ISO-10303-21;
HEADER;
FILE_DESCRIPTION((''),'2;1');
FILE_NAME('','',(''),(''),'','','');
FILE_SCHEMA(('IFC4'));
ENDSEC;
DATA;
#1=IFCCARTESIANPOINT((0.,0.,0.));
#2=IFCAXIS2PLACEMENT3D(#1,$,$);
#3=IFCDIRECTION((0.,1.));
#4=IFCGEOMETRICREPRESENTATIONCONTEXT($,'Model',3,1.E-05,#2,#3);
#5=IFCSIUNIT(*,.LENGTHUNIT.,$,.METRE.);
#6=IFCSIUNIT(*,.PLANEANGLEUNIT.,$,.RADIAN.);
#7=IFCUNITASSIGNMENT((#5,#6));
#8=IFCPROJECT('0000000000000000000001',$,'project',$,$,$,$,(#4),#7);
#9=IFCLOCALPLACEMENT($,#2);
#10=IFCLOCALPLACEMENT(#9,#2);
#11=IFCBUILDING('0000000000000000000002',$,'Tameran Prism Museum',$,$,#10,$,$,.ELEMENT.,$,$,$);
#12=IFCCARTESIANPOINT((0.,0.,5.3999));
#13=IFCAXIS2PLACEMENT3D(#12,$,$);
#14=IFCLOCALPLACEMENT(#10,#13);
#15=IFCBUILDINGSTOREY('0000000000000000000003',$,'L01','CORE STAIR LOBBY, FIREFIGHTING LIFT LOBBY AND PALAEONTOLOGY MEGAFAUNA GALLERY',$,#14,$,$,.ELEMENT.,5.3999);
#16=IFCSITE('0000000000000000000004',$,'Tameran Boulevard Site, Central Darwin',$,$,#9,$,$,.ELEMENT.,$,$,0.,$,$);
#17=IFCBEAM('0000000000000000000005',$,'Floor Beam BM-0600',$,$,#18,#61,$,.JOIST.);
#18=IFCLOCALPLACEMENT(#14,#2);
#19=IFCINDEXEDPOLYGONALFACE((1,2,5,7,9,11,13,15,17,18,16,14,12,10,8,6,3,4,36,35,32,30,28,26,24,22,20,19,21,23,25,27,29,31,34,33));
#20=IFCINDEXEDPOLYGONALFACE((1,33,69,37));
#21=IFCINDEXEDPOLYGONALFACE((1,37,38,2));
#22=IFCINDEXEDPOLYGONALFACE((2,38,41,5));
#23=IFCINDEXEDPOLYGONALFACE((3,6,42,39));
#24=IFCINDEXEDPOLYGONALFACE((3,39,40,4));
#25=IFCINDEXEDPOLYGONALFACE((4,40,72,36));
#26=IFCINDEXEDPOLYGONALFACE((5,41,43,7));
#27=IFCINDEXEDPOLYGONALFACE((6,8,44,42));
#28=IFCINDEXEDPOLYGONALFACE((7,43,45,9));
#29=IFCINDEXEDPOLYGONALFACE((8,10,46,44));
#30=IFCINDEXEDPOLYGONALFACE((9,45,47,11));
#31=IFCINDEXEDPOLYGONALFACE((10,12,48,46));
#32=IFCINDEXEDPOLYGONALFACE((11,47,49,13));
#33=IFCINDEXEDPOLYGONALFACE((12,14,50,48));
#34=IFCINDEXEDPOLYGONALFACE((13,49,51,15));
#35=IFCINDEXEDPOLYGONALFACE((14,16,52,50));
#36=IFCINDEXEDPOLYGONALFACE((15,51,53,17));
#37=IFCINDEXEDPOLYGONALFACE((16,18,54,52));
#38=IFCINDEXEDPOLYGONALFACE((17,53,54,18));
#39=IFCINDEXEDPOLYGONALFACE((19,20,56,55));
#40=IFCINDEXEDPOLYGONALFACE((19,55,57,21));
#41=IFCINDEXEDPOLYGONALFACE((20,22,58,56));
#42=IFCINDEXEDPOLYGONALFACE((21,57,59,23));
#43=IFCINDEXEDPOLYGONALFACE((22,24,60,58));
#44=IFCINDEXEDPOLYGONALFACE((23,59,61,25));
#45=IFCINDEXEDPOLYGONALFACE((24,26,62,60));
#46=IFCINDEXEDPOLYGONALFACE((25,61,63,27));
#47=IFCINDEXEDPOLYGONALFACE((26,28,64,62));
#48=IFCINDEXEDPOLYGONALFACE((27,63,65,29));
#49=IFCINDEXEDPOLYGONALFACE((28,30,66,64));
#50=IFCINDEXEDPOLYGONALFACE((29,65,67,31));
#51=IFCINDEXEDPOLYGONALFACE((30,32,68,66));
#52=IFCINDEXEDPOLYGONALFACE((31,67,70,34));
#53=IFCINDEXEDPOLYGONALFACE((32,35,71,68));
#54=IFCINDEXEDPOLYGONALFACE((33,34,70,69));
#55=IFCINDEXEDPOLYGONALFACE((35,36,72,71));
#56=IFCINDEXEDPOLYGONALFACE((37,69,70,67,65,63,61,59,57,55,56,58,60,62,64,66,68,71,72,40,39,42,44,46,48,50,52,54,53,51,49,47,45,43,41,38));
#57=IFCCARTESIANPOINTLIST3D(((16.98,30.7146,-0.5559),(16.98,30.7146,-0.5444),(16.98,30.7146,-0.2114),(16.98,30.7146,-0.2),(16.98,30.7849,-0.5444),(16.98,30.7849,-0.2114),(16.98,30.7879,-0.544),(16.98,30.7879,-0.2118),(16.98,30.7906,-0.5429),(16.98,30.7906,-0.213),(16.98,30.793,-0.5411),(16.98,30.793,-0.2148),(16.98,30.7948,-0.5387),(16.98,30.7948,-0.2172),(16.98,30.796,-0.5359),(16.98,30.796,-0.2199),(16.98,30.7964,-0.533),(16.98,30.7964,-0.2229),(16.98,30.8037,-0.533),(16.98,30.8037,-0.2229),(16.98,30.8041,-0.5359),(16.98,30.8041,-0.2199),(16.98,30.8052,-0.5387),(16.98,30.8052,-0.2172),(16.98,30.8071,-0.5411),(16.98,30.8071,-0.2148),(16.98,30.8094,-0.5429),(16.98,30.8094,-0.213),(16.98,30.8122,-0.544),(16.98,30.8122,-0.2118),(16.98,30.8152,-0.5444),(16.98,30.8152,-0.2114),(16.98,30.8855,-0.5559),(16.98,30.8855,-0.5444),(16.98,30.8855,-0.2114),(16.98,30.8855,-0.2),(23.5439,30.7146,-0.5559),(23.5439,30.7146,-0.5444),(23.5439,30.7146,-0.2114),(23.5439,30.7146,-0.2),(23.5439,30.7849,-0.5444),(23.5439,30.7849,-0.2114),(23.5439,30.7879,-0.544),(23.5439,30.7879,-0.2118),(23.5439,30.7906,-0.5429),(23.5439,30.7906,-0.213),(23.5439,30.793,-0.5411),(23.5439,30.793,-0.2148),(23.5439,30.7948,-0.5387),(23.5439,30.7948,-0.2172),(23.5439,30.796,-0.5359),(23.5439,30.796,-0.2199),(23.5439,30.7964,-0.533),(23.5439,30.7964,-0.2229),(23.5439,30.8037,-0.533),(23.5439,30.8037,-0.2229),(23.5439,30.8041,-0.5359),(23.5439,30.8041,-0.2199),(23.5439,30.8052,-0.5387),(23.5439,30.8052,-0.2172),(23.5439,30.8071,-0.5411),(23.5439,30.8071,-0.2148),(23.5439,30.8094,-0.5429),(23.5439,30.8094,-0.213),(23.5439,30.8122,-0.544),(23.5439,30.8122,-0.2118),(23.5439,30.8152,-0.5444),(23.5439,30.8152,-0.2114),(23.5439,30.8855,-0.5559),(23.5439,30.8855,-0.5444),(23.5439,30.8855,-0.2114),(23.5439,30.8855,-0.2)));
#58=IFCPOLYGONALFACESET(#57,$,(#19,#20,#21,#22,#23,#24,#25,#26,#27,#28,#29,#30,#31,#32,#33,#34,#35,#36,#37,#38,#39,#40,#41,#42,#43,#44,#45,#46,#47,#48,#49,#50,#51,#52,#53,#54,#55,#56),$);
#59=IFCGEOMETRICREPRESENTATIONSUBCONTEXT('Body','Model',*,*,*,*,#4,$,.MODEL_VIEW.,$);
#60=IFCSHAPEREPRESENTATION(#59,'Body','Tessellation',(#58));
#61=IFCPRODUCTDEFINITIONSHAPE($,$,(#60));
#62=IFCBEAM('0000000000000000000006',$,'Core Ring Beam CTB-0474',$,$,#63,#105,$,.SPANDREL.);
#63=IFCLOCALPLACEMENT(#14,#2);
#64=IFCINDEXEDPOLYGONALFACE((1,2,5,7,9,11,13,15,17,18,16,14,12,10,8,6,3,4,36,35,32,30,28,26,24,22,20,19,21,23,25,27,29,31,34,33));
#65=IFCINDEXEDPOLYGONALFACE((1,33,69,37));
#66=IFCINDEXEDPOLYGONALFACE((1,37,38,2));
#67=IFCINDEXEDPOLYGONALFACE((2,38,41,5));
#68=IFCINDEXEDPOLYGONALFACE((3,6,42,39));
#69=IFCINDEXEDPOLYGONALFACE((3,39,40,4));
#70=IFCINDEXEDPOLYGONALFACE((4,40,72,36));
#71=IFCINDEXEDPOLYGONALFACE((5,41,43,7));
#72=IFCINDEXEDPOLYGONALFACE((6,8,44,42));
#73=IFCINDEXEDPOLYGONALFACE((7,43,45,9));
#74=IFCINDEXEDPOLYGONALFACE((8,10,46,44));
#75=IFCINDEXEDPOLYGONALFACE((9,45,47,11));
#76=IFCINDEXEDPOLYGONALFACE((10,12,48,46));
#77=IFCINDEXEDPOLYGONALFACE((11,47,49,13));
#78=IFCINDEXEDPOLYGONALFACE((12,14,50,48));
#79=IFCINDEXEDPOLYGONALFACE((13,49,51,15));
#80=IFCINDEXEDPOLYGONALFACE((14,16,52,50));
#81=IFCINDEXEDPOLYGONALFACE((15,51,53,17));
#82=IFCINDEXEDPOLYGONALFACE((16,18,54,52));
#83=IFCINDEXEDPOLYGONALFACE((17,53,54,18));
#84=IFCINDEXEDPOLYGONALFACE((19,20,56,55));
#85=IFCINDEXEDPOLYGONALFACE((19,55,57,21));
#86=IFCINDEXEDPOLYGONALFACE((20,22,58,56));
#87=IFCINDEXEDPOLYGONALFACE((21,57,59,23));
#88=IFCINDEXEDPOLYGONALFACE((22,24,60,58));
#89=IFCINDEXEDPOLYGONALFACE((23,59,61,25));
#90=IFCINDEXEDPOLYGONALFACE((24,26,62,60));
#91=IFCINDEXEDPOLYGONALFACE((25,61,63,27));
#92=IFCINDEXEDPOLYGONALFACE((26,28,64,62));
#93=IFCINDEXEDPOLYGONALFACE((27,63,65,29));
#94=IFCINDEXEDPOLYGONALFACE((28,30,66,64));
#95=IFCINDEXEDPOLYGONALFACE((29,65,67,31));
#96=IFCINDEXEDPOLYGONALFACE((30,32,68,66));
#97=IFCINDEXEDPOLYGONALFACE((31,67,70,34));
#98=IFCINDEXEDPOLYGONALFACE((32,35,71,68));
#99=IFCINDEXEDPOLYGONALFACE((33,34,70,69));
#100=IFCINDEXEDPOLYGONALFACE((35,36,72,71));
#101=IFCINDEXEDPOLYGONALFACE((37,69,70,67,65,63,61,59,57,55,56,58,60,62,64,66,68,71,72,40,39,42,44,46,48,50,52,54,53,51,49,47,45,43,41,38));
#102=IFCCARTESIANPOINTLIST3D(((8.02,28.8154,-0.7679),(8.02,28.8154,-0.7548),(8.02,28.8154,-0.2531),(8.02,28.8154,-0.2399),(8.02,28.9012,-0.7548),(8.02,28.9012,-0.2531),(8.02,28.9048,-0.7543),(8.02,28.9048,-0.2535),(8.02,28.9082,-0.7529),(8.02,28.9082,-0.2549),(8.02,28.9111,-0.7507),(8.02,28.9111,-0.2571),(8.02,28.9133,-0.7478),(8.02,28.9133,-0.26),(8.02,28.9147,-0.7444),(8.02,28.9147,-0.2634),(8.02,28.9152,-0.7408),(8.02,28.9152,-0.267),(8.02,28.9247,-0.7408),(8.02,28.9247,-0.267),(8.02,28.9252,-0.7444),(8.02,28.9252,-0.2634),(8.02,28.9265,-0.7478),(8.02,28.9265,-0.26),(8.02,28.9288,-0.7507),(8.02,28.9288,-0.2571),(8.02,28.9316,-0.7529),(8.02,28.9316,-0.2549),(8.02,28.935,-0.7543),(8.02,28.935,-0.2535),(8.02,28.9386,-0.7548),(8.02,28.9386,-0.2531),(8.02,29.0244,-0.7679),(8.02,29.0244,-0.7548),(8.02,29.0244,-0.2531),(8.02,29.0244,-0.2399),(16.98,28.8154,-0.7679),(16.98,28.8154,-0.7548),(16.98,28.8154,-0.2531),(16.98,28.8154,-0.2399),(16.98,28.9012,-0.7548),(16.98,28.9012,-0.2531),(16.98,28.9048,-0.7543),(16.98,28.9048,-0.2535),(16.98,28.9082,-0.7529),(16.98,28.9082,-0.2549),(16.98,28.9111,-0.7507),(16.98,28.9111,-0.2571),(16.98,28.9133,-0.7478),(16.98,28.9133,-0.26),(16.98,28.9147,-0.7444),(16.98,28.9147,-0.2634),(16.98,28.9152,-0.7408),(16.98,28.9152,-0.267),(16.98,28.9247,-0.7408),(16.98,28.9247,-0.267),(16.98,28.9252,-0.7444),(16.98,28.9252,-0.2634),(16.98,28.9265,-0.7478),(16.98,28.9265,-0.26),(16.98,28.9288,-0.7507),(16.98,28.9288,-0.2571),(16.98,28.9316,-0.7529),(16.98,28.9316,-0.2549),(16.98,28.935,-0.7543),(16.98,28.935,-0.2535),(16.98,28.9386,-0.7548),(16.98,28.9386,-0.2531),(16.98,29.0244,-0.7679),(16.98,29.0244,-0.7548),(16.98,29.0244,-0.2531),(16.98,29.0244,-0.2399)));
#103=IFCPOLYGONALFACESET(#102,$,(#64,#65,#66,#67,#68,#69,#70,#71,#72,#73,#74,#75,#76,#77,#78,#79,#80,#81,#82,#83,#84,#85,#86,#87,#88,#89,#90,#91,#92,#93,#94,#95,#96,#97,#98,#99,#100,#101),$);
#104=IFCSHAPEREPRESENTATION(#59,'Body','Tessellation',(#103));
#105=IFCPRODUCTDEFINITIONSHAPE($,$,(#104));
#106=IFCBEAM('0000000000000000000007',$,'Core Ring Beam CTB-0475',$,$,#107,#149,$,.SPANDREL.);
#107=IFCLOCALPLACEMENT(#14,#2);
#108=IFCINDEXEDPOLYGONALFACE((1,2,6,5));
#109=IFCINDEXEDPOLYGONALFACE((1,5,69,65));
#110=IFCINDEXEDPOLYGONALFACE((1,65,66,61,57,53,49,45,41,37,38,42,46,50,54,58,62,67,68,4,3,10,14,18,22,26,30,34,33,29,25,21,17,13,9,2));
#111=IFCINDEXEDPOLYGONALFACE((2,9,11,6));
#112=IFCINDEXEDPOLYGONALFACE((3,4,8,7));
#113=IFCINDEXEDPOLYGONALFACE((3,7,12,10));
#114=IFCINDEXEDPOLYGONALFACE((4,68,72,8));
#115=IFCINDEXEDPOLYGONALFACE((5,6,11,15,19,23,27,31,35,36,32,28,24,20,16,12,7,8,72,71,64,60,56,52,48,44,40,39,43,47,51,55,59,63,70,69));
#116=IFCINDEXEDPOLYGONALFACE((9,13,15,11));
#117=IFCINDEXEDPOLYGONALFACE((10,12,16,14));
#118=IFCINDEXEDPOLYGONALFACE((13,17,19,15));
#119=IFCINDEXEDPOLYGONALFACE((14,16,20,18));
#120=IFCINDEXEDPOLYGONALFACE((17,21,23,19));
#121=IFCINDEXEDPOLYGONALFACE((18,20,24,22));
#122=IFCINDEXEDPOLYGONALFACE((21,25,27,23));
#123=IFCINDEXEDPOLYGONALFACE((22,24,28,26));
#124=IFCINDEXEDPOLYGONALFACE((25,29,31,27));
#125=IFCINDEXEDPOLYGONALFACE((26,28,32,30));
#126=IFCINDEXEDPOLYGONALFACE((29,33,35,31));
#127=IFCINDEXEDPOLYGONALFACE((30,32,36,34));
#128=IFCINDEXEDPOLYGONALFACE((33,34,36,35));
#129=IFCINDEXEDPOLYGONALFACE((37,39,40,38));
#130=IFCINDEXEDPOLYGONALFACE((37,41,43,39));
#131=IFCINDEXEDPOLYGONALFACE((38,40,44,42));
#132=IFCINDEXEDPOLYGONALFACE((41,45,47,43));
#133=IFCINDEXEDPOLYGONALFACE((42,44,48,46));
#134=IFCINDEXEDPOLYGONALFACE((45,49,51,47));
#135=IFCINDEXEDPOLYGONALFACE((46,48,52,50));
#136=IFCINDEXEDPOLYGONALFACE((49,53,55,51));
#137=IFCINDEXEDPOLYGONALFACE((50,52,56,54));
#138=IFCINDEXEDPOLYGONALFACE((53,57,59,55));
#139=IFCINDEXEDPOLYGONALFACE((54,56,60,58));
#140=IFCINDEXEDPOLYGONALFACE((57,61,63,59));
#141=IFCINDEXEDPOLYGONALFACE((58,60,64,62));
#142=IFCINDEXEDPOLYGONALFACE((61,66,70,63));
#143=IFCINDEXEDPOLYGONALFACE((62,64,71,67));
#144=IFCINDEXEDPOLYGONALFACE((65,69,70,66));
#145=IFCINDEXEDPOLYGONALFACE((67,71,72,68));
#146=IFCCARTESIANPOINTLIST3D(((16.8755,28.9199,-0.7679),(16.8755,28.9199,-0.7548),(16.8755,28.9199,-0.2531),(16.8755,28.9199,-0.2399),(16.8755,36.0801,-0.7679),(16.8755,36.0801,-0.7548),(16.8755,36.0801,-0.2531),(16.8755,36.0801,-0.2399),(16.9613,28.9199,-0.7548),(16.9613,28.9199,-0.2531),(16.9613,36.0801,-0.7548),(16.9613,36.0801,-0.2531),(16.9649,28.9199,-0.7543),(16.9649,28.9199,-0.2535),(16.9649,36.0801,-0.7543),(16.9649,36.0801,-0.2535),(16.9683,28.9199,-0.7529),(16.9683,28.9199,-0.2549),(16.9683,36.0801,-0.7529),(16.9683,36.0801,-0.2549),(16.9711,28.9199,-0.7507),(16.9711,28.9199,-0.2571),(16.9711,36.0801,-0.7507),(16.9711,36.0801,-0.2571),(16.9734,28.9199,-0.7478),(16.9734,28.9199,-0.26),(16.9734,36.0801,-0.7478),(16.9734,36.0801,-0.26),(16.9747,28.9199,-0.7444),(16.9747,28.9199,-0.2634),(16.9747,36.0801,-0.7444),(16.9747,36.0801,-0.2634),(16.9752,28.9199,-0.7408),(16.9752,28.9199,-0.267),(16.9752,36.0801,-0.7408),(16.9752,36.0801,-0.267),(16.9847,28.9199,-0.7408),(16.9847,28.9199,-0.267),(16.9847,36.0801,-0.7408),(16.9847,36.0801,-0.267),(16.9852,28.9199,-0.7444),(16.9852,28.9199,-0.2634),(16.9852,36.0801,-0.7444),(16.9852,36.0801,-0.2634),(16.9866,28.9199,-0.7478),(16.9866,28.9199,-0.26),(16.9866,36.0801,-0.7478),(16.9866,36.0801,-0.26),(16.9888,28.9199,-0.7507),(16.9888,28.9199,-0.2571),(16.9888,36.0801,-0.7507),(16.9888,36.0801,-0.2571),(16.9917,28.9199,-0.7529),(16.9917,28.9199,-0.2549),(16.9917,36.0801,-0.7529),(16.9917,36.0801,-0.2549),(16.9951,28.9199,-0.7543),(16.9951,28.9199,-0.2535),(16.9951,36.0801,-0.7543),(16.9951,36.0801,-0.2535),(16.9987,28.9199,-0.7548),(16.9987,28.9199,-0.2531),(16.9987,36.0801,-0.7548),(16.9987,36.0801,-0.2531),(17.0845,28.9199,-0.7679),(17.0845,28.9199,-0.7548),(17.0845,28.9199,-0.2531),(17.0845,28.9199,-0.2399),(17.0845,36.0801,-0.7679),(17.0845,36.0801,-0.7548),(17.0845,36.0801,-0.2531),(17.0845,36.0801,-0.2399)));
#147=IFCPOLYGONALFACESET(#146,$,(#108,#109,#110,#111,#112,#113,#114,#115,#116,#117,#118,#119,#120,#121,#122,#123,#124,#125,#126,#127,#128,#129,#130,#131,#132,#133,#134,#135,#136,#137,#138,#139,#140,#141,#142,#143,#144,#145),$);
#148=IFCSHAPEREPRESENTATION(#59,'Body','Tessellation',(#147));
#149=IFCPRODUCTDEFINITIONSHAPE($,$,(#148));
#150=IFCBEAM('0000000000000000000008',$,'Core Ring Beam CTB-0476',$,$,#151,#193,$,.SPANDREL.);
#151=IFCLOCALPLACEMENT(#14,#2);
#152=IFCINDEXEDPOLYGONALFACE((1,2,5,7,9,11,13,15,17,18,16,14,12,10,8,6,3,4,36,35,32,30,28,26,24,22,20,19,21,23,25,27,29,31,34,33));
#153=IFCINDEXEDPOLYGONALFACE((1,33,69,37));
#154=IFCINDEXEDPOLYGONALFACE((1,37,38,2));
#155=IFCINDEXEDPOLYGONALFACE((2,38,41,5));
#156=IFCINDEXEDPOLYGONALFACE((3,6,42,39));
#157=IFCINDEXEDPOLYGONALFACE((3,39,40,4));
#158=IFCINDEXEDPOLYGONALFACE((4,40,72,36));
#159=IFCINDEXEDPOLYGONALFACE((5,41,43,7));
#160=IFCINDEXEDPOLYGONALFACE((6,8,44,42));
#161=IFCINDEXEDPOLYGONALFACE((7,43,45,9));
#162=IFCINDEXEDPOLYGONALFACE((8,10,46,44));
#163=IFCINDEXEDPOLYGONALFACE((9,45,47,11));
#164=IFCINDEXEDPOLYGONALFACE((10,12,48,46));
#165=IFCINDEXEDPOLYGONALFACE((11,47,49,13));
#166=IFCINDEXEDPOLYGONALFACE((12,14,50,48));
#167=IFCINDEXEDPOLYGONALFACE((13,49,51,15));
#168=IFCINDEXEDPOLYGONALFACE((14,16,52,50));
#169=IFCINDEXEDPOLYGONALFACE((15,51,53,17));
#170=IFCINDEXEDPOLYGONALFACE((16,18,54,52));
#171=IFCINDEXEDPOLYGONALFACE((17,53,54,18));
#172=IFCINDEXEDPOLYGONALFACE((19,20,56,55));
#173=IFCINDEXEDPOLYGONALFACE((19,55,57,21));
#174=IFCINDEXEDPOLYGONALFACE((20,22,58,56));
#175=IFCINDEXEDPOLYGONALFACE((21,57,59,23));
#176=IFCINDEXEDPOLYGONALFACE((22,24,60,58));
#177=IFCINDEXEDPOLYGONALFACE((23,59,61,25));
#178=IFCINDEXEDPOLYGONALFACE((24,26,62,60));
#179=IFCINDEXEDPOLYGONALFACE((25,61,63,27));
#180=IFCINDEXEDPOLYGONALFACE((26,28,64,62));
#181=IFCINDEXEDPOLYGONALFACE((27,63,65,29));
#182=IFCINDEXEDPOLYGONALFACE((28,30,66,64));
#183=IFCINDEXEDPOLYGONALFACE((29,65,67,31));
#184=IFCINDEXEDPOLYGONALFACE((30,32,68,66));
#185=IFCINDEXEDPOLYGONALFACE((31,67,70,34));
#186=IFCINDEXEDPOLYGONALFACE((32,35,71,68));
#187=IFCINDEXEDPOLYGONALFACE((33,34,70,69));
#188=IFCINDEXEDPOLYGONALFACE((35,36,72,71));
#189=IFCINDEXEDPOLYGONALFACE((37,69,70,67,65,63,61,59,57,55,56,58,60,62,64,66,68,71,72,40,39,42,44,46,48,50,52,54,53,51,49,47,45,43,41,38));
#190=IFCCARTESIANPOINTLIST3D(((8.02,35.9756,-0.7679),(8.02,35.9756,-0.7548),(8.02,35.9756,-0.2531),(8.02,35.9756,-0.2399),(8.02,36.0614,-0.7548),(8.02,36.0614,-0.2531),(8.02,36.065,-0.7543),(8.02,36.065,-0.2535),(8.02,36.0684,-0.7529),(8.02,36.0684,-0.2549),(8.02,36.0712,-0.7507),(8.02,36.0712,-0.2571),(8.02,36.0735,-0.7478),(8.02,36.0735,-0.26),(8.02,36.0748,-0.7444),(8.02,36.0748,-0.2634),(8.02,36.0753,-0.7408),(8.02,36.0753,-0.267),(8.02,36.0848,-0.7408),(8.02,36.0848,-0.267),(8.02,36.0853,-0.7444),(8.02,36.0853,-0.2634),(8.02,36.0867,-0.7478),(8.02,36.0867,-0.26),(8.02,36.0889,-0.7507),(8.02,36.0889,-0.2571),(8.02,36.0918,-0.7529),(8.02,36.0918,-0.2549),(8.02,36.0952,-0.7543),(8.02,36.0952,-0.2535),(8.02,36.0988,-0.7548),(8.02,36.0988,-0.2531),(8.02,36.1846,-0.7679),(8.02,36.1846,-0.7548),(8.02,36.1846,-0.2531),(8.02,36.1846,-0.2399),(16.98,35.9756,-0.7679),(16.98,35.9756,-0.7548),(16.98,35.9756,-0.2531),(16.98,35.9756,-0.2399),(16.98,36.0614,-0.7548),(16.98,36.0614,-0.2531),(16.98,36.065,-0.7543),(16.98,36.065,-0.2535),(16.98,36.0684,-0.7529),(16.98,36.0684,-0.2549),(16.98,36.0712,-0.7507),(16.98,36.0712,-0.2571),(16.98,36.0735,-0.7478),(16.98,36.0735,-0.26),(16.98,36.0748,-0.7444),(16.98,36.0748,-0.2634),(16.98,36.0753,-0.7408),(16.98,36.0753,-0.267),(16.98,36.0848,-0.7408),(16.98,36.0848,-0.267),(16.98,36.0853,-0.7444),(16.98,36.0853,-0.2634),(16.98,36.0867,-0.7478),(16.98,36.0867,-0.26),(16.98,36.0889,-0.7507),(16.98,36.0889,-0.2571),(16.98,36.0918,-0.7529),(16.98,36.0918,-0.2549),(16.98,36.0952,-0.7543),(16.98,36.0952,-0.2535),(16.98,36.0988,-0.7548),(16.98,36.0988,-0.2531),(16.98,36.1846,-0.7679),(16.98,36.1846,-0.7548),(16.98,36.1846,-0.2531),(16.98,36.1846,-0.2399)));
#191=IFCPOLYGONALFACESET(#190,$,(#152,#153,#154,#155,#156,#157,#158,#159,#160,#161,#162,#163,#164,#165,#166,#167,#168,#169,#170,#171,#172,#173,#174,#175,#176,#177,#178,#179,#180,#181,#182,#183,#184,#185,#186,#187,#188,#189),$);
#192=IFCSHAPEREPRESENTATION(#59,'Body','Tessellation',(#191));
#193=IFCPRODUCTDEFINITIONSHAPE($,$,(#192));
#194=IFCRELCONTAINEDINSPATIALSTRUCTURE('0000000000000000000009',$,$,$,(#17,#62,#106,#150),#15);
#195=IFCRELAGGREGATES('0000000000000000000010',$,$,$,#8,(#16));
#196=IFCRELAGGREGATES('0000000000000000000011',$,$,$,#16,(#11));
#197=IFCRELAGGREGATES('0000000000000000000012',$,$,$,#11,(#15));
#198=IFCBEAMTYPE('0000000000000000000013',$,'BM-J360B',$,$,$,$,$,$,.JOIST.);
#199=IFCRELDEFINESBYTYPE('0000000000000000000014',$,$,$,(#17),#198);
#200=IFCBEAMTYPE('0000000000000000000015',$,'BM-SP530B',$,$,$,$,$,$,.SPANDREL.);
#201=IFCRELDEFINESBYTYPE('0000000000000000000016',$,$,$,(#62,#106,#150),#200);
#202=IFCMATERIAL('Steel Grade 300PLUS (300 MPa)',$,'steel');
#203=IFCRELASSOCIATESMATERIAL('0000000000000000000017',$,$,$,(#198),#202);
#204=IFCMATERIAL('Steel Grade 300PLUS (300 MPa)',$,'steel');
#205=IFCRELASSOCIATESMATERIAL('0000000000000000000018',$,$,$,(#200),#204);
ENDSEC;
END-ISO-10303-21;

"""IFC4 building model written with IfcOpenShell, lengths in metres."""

from ifc_helpers import new_model, si_unit, direction, frame, origin, origin_2d, place, context, subcontext, project, spatial, i_section, extrude, material, material_profile, profile_set, type_object, element, save


model = new_model("IFC4")

# Units and contexts
model_context = context("Model", 3, precision=1e-05, world=origin(), true_north=direction((0.0, 1.0)))
body_context = subcontext(model_context, "Body", "Model", "MODEL_VIEW")
ifc_project = project(units=[si_unit("LENGTHUNIT", "METRE"), si_unit("PLANEANGLEUNIT", "RADIAN")], contexts=[model_context])

# Site, building, storey
site_placement = place(None, origin())
site = spatial("IfcSite", under=ifc_project, at=site_placement, Name="Tameran Boulevard Site, Central Darwin", CompositionType="ELEMENT", RefElevation=0.0)
building_placement = place(site_placement, origin())
building = spatial("IfcBuilding", under=site, at=building_placement, Name="Tameran Prism Museum", CompositionType="ELEMENT")
storey_placement = place(building_placement, frame((0.0, 0.0, 5.3999)))
storey = spatial("IfcBuildingStorey", under=building, at=storey_placement, Name="L01", Description="CORE STAIR LOBBY, FIREFIGHTING LIFT LOBBY AND PALAEONTOLOGY MEGAFAUNA GALLERY", CompositionType="ELEMENT", Elevation=5.3999)

# Beams
ifc_material_1 = material(Name="Steel Grade 300PLUS (300 MPa)", Category="steel")
ifc_material_profile_1 = material_profile(ifc_material_1, i_section(OverallWidth=0.1709, OverallDepth=0.356, WebThickness=0.0073, FlangeThickness=0.0115, FilletRadius=0.0115, at=origin_2d()))
ifc_profile_set_1 = profile_set([ifc_material_profile_1])
beam_type_1 = type_object("IfcBeamType", Name="BM-J360B", PredefinedType="JOIST", material=ifc_profile_set_1)
beam_1_placement = place(storey_placement, frame((16.98, 30.8, -0.3779), z_axis=(1.0, 0.0, 0.0), x_axis=(0.0, 1.0, 0.0)))
element("IfcBeam", 1, at=beam_1_placement, inside=storey, type_object=beam_type_1, Name="Floor Beam BM-0600", PredefinedType="JOIST", context=body_context, shape_type="SweptSolid", body=[
    extrude(i_section(OverallWidth=0.1709, OverallDepth=0.356, WebThickness=0.0073, FlangeThickness=0.0115, FilletRadius=0.0115, at=origin_2d()), origin(), (0.0, 0.0, 1.0), 6.564),
])
ifc_material_2 = material(Name="Steel Grade 300PLUS (300 MPa)", Category="steel")
ifc_material_profile_2 = material_profile(ifc_material_2, i_section(OverallWidth=0.209, OverallDepth=0.5281, WebThickness=0.0095, FlangeThickness=0.0132, FilletRadius=0.0139, at=origin_2d()))
ifc_profile_set_2 = profile_set([ifc_material_profile_2])
beam_type_2 = type_object("IfcBeamType", Name="BM-SP530B", PredefinedType="SPANDREL", material=ifc_profile_set_2)
beam_2_placement = place(storey_placement, frame((8.02, 28.9199, -0.5039), z_axis=(1.0, 0.0, 0.0), x_axis=(0.0, 1.0, 0.0)))
element("IfcBeam", 2, at=beam_2_placement, inside=storey, type_object=beam_type_2, Name="Core Ring Beam CTB-0474", PredefinedType="SPANDREL", context=body_context, shape_type="SweptSolid", body=[
    extrude(i_section(OverallWidth=0.209, OverallDepth=0.5281, WebThickness=0.0095, FlangeThickness=0.0132, FilletRadius=0.0139, at=origin_2d()), origin(), (0.0, 0.0, 1.0), 8.96),
])
beam_3_placement = place(storey_placement, frame((16.98, 28.9199, -0.5039), z_axis=(0.0, 1.0, 0.0), x_axis=(-1.0, 0.0, 0.0)))
element("IfcBeam", 3, at=beam_3_placement, inside=storey, type_object=beam_type_2, Name="Core Ring Beam CTB-0475", PredefinedType="SPANDREL", context=body_context, shape_type="SweptSolid", body=[
    extrude(i_section(OverallWidth=0.209, OverallDepth=0.5281, WebThickness=0.0095, FlangeThickness=0.0132, FilletRadius=0.0139, at=origin_2d()), origin(), (0.0, 0.0, 1.0), 7.1602),
])
beam_4_placement = place(storey_placement, frame((16.98, 36.0801, -0.5039), z_axis=(-1.0, 0.0, 0.0), x_axis=(0.0, -1.0, 0.0)))
element("IfcBeam", 4, at=beam_4_placement, inside=storey, type_object=beam_type_2, Name="Core Ring Beam CTB-0476", PredefinedType="SPANDREL", context=body_context, shape_type="SweptSolid", body=[
    extrude(i_section(OverallWidth=0.209, OverallDepth=0.5281, WebThickness=0.0095, FlangeThickness=0.0132, FilletRadius=0.0139, at=origin_2d()), origin(), (0.0, 0.0, 1.0), 8.96),
])

save(model, "model.ifc")
